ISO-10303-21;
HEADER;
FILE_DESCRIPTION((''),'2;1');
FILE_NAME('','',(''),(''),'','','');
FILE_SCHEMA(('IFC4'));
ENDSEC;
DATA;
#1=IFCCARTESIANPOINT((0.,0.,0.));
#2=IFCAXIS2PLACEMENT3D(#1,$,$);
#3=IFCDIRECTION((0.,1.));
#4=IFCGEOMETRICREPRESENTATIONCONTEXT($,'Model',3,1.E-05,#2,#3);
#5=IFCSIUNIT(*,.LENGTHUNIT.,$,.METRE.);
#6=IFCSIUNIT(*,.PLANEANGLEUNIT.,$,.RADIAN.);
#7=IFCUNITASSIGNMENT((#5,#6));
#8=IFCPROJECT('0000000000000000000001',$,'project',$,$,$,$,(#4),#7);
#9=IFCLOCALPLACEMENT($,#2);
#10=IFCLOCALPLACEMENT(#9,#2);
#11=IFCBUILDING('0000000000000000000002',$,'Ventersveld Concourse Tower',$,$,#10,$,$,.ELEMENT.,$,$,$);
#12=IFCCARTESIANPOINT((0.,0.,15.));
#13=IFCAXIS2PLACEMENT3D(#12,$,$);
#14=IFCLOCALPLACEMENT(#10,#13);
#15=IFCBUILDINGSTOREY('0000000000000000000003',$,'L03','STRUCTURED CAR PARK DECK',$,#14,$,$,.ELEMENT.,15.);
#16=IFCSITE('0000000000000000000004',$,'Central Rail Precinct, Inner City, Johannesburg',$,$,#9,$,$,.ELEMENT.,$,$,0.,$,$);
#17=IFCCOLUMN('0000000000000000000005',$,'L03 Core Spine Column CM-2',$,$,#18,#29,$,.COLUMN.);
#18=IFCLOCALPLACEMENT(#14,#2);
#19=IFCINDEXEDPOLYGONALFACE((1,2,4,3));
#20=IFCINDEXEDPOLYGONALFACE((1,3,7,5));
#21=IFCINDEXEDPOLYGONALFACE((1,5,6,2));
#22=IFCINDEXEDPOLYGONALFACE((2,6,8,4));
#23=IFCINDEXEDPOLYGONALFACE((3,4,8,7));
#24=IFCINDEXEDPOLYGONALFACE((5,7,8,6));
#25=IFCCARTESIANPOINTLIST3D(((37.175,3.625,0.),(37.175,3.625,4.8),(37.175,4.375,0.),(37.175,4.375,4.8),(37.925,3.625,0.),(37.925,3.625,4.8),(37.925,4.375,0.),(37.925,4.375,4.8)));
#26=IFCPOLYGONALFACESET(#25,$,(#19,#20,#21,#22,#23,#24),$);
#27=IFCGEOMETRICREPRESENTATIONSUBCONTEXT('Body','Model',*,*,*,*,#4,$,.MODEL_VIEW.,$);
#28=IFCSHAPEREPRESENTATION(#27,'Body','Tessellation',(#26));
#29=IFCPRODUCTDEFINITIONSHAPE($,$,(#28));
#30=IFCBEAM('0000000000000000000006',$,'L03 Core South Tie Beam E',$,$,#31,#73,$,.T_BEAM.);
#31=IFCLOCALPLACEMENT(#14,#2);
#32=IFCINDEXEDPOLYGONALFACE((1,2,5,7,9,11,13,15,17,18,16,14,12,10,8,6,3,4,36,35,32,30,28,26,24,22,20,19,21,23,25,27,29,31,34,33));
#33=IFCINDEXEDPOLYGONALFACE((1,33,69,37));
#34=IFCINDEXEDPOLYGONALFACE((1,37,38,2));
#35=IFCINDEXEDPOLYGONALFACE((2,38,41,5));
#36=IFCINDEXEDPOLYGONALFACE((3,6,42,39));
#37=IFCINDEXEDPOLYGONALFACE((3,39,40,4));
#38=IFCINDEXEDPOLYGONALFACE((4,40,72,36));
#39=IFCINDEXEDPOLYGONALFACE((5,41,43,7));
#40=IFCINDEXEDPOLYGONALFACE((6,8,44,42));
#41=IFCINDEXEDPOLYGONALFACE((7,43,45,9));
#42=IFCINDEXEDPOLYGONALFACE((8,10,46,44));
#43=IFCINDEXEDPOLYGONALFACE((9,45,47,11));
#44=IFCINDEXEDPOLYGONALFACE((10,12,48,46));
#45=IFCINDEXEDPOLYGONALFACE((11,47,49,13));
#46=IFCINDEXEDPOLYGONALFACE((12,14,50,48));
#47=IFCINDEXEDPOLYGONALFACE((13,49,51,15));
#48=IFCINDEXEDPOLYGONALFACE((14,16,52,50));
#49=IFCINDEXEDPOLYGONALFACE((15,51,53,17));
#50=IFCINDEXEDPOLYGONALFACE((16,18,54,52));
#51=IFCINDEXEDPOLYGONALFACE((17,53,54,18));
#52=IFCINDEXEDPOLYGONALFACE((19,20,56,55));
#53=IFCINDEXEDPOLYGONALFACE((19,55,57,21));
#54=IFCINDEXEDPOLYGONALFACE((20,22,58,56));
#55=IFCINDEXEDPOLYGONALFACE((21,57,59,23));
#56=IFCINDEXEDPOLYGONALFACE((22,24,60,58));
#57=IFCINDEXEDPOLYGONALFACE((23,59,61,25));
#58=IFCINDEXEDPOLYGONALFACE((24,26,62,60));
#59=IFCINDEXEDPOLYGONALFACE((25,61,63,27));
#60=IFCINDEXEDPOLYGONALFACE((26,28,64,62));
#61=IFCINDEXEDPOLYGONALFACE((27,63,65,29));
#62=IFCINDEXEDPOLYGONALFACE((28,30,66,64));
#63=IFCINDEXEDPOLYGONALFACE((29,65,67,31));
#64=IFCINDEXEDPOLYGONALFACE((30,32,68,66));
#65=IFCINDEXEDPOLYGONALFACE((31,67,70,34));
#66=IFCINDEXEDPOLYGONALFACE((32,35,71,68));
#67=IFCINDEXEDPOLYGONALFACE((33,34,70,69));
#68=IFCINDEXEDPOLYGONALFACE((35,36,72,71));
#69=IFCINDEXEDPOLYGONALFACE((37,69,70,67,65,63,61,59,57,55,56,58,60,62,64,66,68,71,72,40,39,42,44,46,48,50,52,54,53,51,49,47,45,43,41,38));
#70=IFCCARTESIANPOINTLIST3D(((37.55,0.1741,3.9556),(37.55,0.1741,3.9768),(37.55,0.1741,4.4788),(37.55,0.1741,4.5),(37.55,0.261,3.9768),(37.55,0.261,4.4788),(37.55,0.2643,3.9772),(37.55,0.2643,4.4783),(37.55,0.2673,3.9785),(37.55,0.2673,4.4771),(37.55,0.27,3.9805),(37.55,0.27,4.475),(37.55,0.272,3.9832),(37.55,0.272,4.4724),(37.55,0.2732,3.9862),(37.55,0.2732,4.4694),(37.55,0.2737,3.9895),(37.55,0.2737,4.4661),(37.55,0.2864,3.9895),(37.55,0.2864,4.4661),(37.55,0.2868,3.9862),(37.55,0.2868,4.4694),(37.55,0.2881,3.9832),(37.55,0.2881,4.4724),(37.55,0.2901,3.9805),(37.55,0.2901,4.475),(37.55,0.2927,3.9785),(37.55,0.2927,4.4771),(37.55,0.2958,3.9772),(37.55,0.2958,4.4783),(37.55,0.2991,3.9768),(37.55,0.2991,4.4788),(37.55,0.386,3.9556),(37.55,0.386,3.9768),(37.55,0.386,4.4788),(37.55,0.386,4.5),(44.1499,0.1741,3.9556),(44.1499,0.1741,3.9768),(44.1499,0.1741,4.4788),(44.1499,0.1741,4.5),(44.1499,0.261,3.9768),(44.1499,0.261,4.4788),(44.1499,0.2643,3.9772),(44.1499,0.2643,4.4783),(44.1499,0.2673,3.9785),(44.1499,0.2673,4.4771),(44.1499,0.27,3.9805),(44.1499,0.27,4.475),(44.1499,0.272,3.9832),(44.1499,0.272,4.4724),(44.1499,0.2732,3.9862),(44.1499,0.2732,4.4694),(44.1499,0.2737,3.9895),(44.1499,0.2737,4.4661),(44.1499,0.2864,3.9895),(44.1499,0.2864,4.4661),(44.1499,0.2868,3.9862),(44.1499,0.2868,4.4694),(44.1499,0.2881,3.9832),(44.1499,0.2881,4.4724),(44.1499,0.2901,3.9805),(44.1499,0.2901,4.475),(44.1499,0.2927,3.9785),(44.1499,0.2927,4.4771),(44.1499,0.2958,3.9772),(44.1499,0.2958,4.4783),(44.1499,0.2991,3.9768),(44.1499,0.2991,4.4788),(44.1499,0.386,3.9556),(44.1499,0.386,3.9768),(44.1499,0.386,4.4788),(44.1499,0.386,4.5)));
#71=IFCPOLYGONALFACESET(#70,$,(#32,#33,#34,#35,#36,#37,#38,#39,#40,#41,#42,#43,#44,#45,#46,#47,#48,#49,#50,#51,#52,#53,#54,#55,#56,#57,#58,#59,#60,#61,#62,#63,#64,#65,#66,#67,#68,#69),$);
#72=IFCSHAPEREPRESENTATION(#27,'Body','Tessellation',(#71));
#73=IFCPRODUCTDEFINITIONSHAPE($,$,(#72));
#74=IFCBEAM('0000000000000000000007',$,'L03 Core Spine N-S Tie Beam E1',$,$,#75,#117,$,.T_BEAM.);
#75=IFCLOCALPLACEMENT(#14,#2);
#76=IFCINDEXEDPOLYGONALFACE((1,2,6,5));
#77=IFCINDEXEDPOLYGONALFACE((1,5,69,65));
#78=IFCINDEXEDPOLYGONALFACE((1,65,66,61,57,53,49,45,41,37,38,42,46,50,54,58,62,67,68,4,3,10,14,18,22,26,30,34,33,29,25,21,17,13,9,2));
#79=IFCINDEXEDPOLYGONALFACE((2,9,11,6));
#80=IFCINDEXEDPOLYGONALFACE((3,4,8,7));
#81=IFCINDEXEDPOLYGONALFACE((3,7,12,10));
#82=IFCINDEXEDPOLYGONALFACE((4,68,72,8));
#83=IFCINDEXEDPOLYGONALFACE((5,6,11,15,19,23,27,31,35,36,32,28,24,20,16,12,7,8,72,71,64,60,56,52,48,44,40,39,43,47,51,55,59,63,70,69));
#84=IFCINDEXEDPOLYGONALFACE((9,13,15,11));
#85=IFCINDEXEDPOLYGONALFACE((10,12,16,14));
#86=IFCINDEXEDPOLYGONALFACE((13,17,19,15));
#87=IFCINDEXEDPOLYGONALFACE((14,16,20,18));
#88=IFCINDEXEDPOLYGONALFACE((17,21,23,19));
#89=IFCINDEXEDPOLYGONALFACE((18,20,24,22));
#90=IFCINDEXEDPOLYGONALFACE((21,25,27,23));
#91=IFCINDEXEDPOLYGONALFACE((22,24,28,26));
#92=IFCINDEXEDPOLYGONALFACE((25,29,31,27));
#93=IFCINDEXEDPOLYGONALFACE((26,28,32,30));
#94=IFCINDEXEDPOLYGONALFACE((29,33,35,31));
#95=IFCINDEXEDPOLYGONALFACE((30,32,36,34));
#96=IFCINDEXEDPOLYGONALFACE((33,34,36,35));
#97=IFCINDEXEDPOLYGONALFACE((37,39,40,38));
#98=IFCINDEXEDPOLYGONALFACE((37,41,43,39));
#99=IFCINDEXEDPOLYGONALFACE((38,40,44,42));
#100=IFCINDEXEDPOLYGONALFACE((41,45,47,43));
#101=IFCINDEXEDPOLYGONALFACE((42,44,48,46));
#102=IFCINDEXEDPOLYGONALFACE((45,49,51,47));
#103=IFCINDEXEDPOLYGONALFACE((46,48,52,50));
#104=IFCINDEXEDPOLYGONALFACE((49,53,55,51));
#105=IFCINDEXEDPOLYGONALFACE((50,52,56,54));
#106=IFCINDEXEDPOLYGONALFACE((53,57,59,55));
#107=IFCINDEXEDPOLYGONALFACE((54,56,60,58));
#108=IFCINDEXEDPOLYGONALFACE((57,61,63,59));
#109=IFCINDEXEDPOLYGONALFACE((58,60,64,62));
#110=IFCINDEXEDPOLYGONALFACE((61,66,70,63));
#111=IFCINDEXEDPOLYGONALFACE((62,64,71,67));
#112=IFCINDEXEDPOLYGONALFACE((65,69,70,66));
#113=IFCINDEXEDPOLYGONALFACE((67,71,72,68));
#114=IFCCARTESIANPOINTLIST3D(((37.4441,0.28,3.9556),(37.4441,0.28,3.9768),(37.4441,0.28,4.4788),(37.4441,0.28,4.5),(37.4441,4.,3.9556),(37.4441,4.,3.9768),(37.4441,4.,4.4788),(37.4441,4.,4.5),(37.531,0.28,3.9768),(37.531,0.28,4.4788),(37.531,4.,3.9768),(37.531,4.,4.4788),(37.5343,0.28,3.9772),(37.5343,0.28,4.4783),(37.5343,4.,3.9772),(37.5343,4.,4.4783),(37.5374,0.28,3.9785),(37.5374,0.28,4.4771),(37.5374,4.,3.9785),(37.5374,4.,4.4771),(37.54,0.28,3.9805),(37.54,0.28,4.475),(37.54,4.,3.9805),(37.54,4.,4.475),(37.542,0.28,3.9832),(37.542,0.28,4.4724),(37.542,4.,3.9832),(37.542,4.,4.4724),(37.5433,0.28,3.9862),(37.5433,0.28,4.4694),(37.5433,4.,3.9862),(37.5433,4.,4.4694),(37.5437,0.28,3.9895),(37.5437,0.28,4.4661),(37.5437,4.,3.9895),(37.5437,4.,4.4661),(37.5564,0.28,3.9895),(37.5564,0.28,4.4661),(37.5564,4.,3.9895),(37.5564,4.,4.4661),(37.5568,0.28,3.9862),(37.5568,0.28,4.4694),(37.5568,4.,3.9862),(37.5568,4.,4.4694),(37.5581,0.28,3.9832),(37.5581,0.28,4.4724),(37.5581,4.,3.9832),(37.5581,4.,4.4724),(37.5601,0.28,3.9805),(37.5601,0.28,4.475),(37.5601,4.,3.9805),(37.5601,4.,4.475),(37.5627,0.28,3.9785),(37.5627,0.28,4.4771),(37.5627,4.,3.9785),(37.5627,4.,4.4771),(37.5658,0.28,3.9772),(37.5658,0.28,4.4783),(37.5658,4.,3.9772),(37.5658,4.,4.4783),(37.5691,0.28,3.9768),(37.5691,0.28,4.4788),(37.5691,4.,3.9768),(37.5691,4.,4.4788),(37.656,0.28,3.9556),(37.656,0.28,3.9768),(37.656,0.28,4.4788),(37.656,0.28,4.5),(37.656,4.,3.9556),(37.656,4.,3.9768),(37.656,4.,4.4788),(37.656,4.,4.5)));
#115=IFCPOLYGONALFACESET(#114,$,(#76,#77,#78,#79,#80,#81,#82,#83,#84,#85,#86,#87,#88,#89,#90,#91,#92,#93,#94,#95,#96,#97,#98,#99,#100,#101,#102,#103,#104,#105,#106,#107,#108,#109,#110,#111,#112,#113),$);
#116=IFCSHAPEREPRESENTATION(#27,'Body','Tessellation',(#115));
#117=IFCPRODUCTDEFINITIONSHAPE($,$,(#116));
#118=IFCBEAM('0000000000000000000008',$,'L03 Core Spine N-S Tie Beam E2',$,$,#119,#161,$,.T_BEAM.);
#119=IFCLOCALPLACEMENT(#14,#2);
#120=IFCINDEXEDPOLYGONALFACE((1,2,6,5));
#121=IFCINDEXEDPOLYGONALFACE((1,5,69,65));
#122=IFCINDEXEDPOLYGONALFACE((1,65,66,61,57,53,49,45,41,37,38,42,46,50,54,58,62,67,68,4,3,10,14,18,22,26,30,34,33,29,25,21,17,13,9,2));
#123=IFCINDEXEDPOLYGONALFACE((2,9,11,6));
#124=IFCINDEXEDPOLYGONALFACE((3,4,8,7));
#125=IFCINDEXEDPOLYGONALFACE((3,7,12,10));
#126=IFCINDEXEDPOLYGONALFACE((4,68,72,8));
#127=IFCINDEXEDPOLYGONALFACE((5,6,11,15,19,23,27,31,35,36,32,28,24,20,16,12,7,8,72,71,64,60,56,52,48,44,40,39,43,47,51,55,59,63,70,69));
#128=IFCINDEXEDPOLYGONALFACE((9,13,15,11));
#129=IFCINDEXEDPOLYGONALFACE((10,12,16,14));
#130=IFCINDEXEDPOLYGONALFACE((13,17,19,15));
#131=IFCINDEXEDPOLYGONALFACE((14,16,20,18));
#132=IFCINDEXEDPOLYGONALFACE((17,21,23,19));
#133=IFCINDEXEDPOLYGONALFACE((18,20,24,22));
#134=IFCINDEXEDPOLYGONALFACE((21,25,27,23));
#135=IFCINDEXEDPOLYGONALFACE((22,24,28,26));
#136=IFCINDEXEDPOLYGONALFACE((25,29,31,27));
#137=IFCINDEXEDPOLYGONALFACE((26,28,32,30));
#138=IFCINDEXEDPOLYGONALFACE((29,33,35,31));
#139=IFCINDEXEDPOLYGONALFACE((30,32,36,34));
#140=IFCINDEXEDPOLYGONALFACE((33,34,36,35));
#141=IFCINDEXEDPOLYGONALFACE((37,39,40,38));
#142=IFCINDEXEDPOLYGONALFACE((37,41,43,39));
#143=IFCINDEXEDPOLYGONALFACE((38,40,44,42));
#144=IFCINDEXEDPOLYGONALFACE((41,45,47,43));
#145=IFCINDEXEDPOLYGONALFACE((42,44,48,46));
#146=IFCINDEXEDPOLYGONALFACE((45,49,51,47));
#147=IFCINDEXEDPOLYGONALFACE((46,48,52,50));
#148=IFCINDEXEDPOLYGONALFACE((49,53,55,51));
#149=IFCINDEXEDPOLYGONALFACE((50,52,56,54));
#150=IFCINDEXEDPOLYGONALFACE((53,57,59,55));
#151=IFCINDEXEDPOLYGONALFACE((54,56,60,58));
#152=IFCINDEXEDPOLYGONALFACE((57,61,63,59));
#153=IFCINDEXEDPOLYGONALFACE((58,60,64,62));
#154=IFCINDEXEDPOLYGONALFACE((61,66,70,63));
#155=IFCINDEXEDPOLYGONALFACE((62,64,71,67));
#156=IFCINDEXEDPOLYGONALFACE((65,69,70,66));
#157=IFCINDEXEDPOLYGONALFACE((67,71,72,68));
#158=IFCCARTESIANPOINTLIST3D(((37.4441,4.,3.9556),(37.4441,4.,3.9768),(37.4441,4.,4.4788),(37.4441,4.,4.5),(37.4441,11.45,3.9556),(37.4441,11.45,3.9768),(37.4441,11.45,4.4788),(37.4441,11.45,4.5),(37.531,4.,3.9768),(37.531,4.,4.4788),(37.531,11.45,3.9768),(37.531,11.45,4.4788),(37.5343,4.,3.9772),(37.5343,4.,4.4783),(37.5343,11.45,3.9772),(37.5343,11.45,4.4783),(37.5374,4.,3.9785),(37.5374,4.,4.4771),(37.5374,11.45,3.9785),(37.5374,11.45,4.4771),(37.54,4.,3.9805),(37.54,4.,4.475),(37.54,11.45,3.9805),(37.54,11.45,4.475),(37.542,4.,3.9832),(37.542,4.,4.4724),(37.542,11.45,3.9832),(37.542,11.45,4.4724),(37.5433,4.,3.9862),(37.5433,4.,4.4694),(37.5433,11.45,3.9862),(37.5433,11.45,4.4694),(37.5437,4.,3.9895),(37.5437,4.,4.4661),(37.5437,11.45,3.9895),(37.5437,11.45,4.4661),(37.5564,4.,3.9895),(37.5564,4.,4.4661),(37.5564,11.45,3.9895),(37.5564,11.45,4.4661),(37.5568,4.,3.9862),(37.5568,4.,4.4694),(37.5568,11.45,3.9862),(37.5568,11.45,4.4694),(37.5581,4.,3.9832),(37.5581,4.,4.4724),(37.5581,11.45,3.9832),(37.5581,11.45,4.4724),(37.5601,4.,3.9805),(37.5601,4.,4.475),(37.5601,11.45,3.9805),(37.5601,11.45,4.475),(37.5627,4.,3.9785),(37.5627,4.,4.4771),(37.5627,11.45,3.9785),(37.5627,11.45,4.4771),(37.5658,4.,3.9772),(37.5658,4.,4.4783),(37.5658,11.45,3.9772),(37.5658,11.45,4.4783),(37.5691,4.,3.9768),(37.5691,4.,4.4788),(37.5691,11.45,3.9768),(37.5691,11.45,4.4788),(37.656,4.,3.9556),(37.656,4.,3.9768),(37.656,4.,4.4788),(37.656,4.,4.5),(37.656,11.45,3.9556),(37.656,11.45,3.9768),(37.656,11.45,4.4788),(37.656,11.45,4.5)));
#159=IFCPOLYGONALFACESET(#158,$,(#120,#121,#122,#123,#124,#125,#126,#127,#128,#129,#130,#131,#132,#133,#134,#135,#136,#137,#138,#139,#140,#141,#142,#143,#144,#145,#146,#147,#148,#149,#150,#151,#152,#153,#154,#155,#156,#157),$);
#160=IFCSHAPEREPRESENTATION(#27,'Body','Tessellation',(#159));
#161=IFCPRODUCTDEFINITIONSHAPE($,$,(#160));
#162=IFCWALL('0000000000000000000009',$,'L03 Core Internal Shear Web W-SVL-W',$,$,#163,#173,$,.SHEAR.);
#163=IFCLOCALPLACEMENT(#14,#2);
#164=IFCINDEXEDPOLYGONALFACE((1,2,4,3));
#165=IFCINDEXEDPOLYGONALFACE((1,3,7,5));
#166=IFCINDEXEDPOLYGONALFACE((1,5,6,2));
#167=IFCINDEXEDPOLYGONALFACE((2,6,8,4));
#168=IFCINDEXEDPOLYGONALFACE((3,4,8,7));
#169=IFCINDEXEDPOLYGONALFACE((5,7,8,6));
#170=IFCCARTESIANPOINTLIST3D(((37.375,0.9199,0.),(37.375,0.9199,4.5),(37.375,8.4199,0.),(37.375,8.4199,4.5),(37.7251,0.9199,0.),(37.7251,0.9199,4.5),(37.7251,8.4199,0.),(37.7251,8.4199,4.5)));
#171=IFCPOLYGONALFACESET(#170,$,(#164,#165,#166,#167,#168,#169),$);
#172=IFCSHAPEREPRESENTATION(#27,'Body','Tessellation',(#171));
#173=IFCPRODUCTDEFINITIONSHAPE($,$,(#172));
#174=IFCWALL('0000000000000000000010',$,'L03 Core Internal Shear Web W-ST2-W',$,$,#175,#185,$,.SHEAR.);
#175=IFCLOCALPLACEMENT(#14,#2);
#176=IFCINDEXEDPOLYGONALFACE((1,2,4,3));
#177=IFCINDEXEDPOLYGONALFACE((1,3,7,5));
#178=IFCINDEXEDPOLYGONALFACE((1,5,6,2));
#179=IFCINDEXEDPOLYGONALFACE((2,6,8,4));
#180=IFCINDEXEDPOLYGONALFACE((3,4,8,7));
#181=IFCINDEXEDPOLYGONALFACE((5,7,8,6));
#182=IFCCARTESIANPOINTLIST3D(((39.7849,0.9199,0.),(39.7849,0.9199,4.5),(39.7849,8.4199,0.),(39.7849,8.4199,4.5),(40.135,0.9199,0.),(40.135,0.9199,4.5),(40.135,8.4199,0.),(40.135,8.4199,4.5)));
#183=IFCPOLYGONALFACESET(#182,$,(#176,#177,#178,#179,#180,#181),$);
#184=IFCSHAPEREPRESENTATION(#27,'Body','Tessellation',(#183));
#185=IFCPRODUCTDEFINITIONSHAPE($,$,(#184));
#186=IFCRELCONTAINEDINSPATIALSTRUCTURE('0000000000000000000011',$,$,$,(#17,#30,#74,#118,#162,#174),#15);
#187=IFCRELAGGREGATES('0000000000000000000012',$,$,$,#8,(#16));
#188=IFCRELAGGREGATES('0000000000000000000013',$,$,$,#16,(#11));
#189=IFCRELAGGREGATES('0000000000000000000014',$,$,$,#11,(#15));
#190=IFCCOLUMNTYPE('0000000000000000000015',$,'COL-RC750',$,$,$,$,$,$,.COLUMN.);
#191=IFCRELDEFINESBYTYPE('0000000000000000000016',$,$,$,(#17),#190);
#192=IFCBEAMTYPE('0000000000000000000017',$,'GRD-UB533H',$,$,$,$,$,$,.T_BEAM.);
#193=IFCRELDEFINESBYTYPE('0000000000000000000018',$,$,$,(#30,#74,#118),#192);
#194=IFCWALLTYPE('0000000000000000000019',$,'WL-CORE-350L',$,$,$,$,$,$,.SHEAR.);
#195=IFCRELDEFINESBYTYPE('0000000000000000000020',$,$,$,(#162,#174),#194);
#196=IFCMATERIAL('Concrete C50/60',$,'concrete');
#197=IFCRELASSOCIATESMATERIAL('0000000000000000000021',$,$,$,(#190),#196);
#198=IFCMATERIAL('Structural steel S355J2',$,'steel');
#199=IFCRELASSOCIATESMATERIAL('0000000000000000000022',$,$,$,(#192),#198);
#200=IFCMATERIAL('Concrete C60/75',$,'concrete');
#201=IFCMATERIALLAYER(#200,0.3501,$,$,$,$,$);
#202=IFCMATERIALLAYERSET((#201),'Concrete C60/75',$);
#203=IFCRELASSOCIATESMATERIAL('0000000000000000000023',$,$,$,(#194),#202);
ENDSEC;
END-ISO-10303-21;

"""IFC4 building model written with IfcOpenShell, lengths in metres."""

from ifc_helpers import new_model, si_unit, direction, frame, frame_2d, origin, origin_2d, place, context, subcontext, project, spatial, rectangle, i_section, extrude, material, layer, layer_set, material_profile, profile_set, type_object, element, save


model = new_model("IFC4")

# Units and contexts
model_context = context("Model", 3, precision=1e-05, world=origin(), true_north=direction((0.0, 1.0)))
body_context = subcontext(model_context, "Body", "Model", "MODEL_VIEW")
ifc_project = project(units=[si_unit("LENGTHUNIT", "METRE"), si_unit("PLANEANGLEUNIT", "RADIAN")], contexts=[model_context])

# Site, building, storey
site_placement = place(None, origin())
site = spatial("IfcSite", under=ifc_project, at=site_placement, Name="Central Rail Precinct, Inner City, Johannesburg", CompositionType="ELEMENT", RefElevation=0.0)
building_placement = place(site_placement, origin())
building = spatial("IfcBuilding", under=site, at=building_placement, Name="Ventersveld Concourse Tower", CompositionType="ELEMENT")
storey_placement = place(building_placement, frame((0.0, 0.0, 15.0)))
storey = spatial("IfcBuildingStorey", under=building, at=storey_placement, Name="L03", Description="STRUCTURED CAR PARK DECK", CompositionType="ELEMENT", Elevation=15.0)

# Column
ifc_material_1 = material(Name="Concrete C50/60", Category="concrete")
ifc_material_profile_1 = material_profile(ifc_material_1, rectangle(XDim=0.75, YDim=0.75, at=origin_2d()), Name="RC 750x750")
ifc_profile_set_1 = profile_set([ifc_material_profile_1], Name="Concrete C50/60")
column_type = type_object("IfcColumnType", Name="COL-RC750", PredefinedType="COLUMN", material=ifc_profile_set_1)
column_placement = place(storey_placement, frame((37.55, 4.0, 0.0), z_axis=(0.0, 0.0, 1.0), x_axis=(1.0, 0.0, 0.0)))
element("IfcColumn", 1, at=column_placement, inside=storey, type_object=column_type, Name="L03 Core Spine Column CM-2", PredefinedType="COLUMN", context=body_context, shape_type="SweptSolid", body=[
    extrude(rectangle(XDim=0.75, YDim=0.75, at=origin_2d()), origin(), (0.0, 0.0, 1.0), 4.8),
])

# Beams
ifc_material_2 = material(Name="Structural steel S355J2", Category="steel")
ifc_material_profile_2 = material_profile(ifc_material_2, i_section(OverallWidth=0.2119, OverallDepth=0.5444, WebThickness=0.0127, FlangeThickness=0.0212, FilletRadius=0.0127, at=origin_2d()), Name="UB 533x210x122")
ifc_profile_set_2 = profile_set([ifc_material_profile_2], Name="Structural steel S355J2")
beam_type = type_object("IfcBeamType", Name="GRD-UB533H", PredefinedType="T_BEAM", material=ifc_profile_set_2)
beam_1_placement = place(storey_placement, frame((37.55, 0.28, 4.2278), z_axis=(1.0, 0.0, 0.0), x_axis=(0.0, 1.0, 0.0)))
element("IfcBeam", 2, at=beam_1_placement, inside=storey, type_object=beam_type, Name="L03 Core South Tie Beam E", PredefinedType="T_BEAM", context=body_context, shape_type="SweptSolid", body=[
    extrude(i_section(OverallWidth=0.2119, OverallDepth=0.5444, WebThickness=0.0127, FlangeThickness=0.0212, FilletRadius=0.0127, at=origin_2d()), origin(), (0.0, 0.0, 1.0), 6.5999),
])
beam_2_placement = place(storey_placement, frame((37.55, 0.28, 4.2278), z_axis=(0.0, 1.0, 0.0), x_axis=(-1.0, 0.0, 0.0)))
element("IfcBeam", 3, at=beam_2_placement, inside=storey, type_object=beam_type, Name="L03 Core Spine N-S Tie Beam E1", PredefinedType="T_BEAM", context=body_context, shape_type="SweptSolid", body=[
    extrude(i_section(OverallWidth=0.2119, OverallDepth=0.5444, WebThickness=0.0127, FlangeThickness=0.0212, FilletRadius=0.0127, at=origin_2d()), origin(), (0.0, 0.0, 1.0), 3.72),
])
beam_3_placement = place(storey_placement, frame((37.55, 4.0, 4.2278), z_axis=(0.0, 1.0, 0.0), x_axis=(-1.0, 0.0, 0.0)))
element("IfcBeam", 4, at=beam_3_placement, inside=storey, type_object=beam_type, Name="L03 Core Spine N-S Tie Beam E2", PredefinedType="T_BEAM", context=body_context, shape_type="SweptSolid", body=[
    extrude(i_section(OverallWidth=0.2119, OverallDepth=0.5444, WebThickness=0.0127, FlangeThickness=0.0212, FilletRadius=0.0127, at=origin_2d()), origin(), (0.0, 0.0, 1.0), 7.45),
])

# Walls
ifc_material_3 = material(Name="Concrete C60/75", Category="concrete")
ifc_layer_1 = layer(ifc_material_3, 0.3501)
ifc_layer_set_1 = layer_set([ifc_layer_1], Name="Concrete C60/75")
wall_type_1 = type_object("IfcWallType", Name="WL-CORE-350L", PredefinedType="SHEAR", material=ifc_layer_set_1)
for number, where, z_axis, x_axis, name in (
    (5, (37.55, 0.9199, 0.0), (0.0, 0.0, 1.0), (0.0, 1.0, 0.0), "L03 Core Internal Shear Web W-SVL-W"),
    (6, (39.96, 0.9199, 0.0), (0.0, 0.0, 1.0), (0.0, 1.0, 0.0), "L03 Core Internal Shear Web W-ST2-W"),
):
    element("IfcWall", number, at=place(storey_placement, frame(where, z_axis=z_axis, x_axis=x_axis)), inside=storey, type_object=wall_type_1, Name=name, PredefinedType="SHEAR", context=body_context, shape_type="SweptSolid", body=[
        extrude(rectangle(XDim=7.5, YDim=0.3501, at=frame_2d((3.75, 0.0))), origin(), (0.0, 0.0, 1.0), 4.5),
    ])

save(model, "model.ifc")
